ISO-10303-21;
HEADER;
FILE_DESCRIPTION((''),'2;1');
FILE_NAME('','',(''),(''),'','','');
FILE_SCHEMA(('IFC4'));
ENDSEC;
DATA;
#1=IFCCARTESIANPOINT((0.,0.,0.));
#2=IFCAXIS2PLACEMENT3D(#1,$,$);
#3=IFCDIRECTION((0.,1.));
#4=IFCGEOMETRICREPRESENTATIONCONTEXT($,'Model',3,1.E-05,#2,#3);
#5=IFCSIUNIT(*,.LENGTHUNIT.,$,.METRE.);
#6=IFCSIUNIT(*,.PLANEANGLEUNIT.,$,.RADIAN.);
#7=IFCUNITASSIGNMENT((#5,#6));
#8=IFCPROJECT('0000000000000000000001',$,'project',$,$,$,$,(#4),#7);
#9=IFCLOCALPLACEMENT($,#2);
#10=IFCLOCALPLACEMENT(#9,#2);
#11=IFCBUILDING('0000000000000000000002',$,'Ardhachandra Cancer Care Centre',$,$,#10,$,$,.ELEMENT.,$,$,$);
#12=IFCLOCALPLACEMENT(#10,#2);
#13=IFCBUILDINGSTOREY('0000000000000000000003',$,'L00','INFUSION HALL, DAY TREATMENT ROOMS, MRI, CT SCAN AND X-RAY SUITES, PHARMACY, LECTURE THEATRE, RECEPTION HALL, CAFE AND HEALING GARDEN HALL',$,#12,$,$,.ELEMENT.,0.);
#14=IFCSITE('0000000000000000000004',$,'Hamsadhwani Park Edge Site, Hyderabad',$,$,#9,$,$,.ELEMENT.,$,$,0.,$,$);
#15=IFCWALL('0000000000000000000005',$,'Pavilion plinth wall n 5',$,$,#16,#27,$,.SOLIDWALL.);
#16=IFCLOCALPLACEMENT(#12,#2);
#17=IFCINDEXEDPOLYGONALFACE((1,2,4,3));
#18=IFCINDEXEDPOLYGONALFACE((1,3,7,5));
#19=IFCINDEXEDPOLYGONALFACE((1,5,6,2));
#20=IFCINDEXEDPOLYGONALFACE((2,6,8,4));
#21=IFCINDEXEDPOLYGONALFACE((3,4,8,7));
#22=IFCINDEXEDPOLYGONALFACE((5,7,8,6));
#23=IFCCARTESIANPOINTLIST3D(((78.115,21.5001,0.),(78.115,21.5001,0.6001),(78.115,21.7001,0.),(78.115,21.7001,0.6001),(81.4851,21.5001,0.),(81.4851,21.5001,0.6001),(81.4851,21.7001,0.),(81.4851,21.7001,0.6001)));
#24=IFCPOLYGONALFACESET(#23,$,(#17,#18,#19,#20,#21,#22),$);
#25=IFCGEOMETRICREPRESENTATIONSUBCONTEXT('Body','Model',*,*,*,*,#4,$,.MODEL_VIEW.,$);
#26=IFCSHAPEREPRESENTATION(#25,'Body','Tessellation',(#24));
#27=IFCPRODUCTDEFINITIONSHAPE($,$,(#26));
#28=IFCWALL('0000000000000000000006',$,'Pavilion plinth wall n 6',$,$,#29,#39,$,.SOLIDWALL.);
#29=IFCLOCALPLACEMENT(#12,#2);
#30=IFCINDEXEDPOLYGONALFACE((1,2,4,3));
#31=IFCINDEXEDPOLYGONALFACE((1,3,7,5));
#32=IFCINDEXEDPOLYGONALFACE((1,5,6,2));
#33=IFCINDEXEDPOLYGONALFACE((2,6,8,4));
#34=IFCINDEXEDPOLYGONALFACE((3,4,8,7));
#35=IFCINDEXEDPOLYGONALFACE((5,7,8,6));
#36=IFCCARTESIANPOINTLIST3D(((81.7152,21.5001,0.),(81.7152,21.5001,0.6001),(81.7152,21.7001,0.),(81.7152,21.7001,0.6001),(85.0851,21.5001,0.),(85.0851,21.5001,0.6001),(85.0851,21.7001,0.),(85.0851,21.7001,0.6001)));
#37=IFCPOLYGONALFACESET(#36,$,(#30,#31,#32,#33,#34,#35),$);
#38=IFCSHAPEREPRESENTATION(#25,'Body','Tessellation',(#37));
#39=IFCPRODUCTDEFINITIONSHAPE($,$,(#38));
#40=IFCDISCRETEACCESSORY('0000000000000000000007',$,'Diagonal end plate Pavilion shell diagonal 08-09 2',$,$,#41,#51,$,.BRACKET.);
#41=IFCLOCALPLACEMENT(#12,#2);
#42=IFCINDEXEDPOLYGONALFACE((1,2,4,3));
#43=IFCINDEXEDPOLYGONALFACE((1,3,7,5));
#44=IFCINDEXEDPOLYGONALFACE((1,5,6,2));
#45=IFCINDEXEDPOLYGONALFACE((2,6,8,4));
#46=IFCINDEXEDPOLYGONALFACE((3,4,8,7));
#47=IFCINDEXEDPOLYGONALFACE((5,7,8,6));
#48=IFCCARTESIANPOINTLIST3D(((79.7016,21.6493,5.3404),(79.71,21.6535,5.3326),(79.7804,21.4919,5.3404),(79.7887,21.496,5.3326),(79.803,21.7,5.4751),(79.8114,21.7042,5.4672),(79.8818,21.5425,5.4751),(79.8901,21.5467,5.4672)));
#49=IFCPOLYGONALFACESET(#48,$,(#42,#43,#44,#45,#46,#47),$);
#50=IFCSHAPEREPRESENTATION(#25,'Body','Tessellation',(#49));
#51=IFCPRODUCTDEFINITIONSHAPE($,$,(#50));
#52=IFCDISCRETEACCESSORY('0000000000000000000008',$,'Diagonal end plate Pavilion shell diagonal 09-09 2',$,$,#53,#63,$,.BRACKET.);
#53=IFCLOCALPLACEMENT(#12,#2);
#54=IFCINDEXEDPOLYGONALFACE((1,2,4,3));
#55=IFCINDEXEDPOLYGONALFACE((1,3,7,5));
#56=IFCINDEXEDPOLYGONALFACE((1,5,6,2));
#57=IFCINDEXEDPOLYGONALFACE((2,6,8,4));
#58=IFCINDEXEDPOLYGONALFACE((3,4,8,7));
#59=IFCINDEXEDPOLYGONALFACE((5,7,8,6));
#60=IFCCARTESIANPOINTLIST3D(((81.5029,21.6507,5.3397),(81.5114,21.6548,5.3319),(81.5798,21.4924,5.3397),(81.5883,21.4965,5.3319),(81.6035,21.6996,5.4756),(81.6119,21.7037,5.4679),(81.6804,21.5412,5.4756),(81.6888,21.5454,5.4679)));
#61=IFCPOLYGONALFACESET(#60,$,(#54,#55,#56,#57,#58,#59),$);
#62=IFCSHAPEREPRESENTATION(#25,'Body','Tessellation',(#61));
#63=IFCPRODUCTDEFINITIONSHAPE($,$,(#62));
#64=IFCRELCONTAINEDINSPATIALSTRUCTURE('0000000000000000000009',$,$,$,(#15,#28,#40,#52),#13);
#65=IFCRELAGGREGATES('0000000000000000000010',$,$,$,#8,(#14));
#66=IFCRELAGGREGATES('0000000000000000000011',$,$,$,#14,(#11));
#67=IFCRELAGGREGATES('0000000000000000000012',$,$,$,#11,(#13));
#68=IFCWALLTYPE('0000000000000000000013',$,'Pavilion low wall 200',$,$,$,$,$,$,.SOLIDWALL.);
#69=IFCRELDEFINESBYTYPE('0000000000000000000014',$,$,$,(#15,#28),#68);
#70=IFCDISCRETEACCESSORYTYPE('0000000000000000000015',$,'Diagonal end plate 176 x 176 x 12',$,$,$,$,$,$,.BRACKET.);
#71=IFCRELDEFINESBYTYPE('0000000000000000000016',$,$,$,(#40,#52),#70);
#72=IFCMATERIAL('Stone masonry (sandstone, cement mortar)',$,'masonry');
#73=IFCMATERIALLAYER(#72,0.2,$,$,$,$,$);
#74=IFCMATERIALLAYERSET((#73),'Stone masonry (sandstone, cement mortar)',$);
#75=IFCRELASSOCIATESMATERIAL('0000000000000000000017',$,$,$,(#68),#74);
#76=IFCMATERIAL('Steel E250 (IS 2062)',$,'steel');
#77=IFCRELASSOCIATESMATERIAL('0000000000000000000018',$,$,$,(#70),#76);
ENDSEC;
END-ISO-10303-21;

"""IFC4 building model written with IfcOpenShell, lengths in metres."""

from ifc_helpers import new_model, si_unit, direction, frame, frame_2d, origin, origin_2d, place, context, subcontext, project, spatial, rectangle, extrude, material, layer, layer_set, material_profile, profile_set, type_object, element, save


model = new_model("IFC4")

# Units and contexts
model_context = context("Model", 3, precision=1e-05, world=origin(), true_north=direction((0.0, 1.0)))
body_context = subcontext(model_context, "Body", "Model", "MODEL_VIEW")
ifc_project = project(units=[si_unit("LENGTHUNIT", "METRE"), si_unit("PLANEANGLEUNIT", "RADIAN")], contexts=[model_context])

# Site, building, storey
site_placement = place(None, origin())
site = spatial("IfcSite", under=ifc_project, at=site_placement, Name="Hamsadhwani Park Edge Site, Hyderabad", CompositionType="ELEMENT", RefElevation=0.0)
building_placement = place(site_placement, origin())
building = spatial("IfcBuilding", under=site, at=building_placement, Name="Ardhachandra Cancer Care Centre", CompositionType="ELEMENT")
storey_placement = place(building_placement, origin())
storey = spatial("IfcBuildingStorey", under=building, at=storey_placement, Name="L00", Description="INFUSION HALL, DAY TREATMENT ROOMS, MRI, CT SCAN AND X-RAY SUITES, PHARMACY, LECTURE THEATRE, RECEPTION HALL, CAFE AND HEALING GARDEN HALL", CompositionType="ELEMENT", Elevation=0.0)

# Walls
ifc_material_1 = material(Name="Stone masonry (sandstone, cement mortar)", Category="masonry")
ifc_layer_1 = layer(ifc_material_1, 0.2)
ifc_layer_set_1 = layer_set([ifc_layer_1], Name="Stone masonry (sandstone, cement mortar)")
wall_type = type_object("IfcWallType", Name="Pavilion low wall 200", PredefinedType="SOLIDWALL", material=ifc_layer_set_1)
wall_1_placement = place(storey_placement, frame((78.115, 21.6001, 0.0), z_axis=(0.0, 0.0, 1.0), x_axis=(1.0, 0.0, 0.0)))
element("IfcWall", 1, at=wall_1_placement, inside=storey, type_object=wall_type, Name="Pavilion plinth wall n 5", PredefinedType="SOLIDWALL", context=body_context, shape_type="SweptSolid", body=[
    extrude(rectangle(XDim=3.3701, YDim=0.2, at=frame_2d((1.6851, 0.0))), origin(), (0.0, 0.0, 1.0), 0.6001),
])
wall_2_placement = place(storey_placement, frame((81.7151, 21.6001, 0.0), z_axis=(0.0, 0.0, 1.0), x_axis=(1.0, 0.0, 0.0)))
element("IfcWall", 2, at=wall_2_placement, inside=storey, type_object=wall_type, Name="Pavilion plinth wall n 6", PredefinedType="SOLIDWALL", context=body_context, shape_type="SweptSolid", body=[
    extrude(rectangle(XDim=3.3699, YDim=0.2, at=frame_2d((1.6851, 0.0))), origin(), (0.0, 0.0, 1.0), 0.6001),
])

# Discrete accessories
ifc_material_2 = material(Name="Steel E250 (IS 2062)", Category="steel")
ifc_material_profile_1 = material_profile(ifc_material_2, rectangle(XDim=0.176, YDim=0.176, at=origin_2d()), Name="PL 176x176x12")
ifc_profile_set_1 = profile_set([ifc_material_profile_1], Name="Steel E250 (IS 2062)")
discrete_accessory_type = type_object("IfcDiscreteAccessoryType", Name="Diagonal end plate 176 x 176 x 12", PredefinedType="BRACKET", material=ifc_profile_set_1)
for number, where, z_axis, x_axis, name in (
    (3, (79.8, 21.6001, 5.3999), (-0.684256, -0.342128, 0.644005), (0.447214, -0.894427, 0.0), "Diagonal end plate Pavilion shell diagonal 08-09 2"),
    (4, (81.6001, 21.6001, 5.3999), (-0.69474, -0.337445, 0.635191), (0.436904, -0.899508, 0.0), "Diagonal end plate Pavilion shell diagonal 09-09 2"),
):
    element("IfcDiscreteAccessory", number, at=place(storey_placement, frame(where, z_axis=z_axis, x_axis=x_axis)), inside=storey, type_object=discrete_accessory_type, Name=name, PredefinedType="BRACKET", context=body_context, shape_type="SweptSolid", body=[
        extrude(rectangle(XDim=0.176, YDim=0.176, at=origin_2d()), origin(), (0.0, 0.0, 1.0), 0.0122),
    ])

save(model, "model.ifc")
